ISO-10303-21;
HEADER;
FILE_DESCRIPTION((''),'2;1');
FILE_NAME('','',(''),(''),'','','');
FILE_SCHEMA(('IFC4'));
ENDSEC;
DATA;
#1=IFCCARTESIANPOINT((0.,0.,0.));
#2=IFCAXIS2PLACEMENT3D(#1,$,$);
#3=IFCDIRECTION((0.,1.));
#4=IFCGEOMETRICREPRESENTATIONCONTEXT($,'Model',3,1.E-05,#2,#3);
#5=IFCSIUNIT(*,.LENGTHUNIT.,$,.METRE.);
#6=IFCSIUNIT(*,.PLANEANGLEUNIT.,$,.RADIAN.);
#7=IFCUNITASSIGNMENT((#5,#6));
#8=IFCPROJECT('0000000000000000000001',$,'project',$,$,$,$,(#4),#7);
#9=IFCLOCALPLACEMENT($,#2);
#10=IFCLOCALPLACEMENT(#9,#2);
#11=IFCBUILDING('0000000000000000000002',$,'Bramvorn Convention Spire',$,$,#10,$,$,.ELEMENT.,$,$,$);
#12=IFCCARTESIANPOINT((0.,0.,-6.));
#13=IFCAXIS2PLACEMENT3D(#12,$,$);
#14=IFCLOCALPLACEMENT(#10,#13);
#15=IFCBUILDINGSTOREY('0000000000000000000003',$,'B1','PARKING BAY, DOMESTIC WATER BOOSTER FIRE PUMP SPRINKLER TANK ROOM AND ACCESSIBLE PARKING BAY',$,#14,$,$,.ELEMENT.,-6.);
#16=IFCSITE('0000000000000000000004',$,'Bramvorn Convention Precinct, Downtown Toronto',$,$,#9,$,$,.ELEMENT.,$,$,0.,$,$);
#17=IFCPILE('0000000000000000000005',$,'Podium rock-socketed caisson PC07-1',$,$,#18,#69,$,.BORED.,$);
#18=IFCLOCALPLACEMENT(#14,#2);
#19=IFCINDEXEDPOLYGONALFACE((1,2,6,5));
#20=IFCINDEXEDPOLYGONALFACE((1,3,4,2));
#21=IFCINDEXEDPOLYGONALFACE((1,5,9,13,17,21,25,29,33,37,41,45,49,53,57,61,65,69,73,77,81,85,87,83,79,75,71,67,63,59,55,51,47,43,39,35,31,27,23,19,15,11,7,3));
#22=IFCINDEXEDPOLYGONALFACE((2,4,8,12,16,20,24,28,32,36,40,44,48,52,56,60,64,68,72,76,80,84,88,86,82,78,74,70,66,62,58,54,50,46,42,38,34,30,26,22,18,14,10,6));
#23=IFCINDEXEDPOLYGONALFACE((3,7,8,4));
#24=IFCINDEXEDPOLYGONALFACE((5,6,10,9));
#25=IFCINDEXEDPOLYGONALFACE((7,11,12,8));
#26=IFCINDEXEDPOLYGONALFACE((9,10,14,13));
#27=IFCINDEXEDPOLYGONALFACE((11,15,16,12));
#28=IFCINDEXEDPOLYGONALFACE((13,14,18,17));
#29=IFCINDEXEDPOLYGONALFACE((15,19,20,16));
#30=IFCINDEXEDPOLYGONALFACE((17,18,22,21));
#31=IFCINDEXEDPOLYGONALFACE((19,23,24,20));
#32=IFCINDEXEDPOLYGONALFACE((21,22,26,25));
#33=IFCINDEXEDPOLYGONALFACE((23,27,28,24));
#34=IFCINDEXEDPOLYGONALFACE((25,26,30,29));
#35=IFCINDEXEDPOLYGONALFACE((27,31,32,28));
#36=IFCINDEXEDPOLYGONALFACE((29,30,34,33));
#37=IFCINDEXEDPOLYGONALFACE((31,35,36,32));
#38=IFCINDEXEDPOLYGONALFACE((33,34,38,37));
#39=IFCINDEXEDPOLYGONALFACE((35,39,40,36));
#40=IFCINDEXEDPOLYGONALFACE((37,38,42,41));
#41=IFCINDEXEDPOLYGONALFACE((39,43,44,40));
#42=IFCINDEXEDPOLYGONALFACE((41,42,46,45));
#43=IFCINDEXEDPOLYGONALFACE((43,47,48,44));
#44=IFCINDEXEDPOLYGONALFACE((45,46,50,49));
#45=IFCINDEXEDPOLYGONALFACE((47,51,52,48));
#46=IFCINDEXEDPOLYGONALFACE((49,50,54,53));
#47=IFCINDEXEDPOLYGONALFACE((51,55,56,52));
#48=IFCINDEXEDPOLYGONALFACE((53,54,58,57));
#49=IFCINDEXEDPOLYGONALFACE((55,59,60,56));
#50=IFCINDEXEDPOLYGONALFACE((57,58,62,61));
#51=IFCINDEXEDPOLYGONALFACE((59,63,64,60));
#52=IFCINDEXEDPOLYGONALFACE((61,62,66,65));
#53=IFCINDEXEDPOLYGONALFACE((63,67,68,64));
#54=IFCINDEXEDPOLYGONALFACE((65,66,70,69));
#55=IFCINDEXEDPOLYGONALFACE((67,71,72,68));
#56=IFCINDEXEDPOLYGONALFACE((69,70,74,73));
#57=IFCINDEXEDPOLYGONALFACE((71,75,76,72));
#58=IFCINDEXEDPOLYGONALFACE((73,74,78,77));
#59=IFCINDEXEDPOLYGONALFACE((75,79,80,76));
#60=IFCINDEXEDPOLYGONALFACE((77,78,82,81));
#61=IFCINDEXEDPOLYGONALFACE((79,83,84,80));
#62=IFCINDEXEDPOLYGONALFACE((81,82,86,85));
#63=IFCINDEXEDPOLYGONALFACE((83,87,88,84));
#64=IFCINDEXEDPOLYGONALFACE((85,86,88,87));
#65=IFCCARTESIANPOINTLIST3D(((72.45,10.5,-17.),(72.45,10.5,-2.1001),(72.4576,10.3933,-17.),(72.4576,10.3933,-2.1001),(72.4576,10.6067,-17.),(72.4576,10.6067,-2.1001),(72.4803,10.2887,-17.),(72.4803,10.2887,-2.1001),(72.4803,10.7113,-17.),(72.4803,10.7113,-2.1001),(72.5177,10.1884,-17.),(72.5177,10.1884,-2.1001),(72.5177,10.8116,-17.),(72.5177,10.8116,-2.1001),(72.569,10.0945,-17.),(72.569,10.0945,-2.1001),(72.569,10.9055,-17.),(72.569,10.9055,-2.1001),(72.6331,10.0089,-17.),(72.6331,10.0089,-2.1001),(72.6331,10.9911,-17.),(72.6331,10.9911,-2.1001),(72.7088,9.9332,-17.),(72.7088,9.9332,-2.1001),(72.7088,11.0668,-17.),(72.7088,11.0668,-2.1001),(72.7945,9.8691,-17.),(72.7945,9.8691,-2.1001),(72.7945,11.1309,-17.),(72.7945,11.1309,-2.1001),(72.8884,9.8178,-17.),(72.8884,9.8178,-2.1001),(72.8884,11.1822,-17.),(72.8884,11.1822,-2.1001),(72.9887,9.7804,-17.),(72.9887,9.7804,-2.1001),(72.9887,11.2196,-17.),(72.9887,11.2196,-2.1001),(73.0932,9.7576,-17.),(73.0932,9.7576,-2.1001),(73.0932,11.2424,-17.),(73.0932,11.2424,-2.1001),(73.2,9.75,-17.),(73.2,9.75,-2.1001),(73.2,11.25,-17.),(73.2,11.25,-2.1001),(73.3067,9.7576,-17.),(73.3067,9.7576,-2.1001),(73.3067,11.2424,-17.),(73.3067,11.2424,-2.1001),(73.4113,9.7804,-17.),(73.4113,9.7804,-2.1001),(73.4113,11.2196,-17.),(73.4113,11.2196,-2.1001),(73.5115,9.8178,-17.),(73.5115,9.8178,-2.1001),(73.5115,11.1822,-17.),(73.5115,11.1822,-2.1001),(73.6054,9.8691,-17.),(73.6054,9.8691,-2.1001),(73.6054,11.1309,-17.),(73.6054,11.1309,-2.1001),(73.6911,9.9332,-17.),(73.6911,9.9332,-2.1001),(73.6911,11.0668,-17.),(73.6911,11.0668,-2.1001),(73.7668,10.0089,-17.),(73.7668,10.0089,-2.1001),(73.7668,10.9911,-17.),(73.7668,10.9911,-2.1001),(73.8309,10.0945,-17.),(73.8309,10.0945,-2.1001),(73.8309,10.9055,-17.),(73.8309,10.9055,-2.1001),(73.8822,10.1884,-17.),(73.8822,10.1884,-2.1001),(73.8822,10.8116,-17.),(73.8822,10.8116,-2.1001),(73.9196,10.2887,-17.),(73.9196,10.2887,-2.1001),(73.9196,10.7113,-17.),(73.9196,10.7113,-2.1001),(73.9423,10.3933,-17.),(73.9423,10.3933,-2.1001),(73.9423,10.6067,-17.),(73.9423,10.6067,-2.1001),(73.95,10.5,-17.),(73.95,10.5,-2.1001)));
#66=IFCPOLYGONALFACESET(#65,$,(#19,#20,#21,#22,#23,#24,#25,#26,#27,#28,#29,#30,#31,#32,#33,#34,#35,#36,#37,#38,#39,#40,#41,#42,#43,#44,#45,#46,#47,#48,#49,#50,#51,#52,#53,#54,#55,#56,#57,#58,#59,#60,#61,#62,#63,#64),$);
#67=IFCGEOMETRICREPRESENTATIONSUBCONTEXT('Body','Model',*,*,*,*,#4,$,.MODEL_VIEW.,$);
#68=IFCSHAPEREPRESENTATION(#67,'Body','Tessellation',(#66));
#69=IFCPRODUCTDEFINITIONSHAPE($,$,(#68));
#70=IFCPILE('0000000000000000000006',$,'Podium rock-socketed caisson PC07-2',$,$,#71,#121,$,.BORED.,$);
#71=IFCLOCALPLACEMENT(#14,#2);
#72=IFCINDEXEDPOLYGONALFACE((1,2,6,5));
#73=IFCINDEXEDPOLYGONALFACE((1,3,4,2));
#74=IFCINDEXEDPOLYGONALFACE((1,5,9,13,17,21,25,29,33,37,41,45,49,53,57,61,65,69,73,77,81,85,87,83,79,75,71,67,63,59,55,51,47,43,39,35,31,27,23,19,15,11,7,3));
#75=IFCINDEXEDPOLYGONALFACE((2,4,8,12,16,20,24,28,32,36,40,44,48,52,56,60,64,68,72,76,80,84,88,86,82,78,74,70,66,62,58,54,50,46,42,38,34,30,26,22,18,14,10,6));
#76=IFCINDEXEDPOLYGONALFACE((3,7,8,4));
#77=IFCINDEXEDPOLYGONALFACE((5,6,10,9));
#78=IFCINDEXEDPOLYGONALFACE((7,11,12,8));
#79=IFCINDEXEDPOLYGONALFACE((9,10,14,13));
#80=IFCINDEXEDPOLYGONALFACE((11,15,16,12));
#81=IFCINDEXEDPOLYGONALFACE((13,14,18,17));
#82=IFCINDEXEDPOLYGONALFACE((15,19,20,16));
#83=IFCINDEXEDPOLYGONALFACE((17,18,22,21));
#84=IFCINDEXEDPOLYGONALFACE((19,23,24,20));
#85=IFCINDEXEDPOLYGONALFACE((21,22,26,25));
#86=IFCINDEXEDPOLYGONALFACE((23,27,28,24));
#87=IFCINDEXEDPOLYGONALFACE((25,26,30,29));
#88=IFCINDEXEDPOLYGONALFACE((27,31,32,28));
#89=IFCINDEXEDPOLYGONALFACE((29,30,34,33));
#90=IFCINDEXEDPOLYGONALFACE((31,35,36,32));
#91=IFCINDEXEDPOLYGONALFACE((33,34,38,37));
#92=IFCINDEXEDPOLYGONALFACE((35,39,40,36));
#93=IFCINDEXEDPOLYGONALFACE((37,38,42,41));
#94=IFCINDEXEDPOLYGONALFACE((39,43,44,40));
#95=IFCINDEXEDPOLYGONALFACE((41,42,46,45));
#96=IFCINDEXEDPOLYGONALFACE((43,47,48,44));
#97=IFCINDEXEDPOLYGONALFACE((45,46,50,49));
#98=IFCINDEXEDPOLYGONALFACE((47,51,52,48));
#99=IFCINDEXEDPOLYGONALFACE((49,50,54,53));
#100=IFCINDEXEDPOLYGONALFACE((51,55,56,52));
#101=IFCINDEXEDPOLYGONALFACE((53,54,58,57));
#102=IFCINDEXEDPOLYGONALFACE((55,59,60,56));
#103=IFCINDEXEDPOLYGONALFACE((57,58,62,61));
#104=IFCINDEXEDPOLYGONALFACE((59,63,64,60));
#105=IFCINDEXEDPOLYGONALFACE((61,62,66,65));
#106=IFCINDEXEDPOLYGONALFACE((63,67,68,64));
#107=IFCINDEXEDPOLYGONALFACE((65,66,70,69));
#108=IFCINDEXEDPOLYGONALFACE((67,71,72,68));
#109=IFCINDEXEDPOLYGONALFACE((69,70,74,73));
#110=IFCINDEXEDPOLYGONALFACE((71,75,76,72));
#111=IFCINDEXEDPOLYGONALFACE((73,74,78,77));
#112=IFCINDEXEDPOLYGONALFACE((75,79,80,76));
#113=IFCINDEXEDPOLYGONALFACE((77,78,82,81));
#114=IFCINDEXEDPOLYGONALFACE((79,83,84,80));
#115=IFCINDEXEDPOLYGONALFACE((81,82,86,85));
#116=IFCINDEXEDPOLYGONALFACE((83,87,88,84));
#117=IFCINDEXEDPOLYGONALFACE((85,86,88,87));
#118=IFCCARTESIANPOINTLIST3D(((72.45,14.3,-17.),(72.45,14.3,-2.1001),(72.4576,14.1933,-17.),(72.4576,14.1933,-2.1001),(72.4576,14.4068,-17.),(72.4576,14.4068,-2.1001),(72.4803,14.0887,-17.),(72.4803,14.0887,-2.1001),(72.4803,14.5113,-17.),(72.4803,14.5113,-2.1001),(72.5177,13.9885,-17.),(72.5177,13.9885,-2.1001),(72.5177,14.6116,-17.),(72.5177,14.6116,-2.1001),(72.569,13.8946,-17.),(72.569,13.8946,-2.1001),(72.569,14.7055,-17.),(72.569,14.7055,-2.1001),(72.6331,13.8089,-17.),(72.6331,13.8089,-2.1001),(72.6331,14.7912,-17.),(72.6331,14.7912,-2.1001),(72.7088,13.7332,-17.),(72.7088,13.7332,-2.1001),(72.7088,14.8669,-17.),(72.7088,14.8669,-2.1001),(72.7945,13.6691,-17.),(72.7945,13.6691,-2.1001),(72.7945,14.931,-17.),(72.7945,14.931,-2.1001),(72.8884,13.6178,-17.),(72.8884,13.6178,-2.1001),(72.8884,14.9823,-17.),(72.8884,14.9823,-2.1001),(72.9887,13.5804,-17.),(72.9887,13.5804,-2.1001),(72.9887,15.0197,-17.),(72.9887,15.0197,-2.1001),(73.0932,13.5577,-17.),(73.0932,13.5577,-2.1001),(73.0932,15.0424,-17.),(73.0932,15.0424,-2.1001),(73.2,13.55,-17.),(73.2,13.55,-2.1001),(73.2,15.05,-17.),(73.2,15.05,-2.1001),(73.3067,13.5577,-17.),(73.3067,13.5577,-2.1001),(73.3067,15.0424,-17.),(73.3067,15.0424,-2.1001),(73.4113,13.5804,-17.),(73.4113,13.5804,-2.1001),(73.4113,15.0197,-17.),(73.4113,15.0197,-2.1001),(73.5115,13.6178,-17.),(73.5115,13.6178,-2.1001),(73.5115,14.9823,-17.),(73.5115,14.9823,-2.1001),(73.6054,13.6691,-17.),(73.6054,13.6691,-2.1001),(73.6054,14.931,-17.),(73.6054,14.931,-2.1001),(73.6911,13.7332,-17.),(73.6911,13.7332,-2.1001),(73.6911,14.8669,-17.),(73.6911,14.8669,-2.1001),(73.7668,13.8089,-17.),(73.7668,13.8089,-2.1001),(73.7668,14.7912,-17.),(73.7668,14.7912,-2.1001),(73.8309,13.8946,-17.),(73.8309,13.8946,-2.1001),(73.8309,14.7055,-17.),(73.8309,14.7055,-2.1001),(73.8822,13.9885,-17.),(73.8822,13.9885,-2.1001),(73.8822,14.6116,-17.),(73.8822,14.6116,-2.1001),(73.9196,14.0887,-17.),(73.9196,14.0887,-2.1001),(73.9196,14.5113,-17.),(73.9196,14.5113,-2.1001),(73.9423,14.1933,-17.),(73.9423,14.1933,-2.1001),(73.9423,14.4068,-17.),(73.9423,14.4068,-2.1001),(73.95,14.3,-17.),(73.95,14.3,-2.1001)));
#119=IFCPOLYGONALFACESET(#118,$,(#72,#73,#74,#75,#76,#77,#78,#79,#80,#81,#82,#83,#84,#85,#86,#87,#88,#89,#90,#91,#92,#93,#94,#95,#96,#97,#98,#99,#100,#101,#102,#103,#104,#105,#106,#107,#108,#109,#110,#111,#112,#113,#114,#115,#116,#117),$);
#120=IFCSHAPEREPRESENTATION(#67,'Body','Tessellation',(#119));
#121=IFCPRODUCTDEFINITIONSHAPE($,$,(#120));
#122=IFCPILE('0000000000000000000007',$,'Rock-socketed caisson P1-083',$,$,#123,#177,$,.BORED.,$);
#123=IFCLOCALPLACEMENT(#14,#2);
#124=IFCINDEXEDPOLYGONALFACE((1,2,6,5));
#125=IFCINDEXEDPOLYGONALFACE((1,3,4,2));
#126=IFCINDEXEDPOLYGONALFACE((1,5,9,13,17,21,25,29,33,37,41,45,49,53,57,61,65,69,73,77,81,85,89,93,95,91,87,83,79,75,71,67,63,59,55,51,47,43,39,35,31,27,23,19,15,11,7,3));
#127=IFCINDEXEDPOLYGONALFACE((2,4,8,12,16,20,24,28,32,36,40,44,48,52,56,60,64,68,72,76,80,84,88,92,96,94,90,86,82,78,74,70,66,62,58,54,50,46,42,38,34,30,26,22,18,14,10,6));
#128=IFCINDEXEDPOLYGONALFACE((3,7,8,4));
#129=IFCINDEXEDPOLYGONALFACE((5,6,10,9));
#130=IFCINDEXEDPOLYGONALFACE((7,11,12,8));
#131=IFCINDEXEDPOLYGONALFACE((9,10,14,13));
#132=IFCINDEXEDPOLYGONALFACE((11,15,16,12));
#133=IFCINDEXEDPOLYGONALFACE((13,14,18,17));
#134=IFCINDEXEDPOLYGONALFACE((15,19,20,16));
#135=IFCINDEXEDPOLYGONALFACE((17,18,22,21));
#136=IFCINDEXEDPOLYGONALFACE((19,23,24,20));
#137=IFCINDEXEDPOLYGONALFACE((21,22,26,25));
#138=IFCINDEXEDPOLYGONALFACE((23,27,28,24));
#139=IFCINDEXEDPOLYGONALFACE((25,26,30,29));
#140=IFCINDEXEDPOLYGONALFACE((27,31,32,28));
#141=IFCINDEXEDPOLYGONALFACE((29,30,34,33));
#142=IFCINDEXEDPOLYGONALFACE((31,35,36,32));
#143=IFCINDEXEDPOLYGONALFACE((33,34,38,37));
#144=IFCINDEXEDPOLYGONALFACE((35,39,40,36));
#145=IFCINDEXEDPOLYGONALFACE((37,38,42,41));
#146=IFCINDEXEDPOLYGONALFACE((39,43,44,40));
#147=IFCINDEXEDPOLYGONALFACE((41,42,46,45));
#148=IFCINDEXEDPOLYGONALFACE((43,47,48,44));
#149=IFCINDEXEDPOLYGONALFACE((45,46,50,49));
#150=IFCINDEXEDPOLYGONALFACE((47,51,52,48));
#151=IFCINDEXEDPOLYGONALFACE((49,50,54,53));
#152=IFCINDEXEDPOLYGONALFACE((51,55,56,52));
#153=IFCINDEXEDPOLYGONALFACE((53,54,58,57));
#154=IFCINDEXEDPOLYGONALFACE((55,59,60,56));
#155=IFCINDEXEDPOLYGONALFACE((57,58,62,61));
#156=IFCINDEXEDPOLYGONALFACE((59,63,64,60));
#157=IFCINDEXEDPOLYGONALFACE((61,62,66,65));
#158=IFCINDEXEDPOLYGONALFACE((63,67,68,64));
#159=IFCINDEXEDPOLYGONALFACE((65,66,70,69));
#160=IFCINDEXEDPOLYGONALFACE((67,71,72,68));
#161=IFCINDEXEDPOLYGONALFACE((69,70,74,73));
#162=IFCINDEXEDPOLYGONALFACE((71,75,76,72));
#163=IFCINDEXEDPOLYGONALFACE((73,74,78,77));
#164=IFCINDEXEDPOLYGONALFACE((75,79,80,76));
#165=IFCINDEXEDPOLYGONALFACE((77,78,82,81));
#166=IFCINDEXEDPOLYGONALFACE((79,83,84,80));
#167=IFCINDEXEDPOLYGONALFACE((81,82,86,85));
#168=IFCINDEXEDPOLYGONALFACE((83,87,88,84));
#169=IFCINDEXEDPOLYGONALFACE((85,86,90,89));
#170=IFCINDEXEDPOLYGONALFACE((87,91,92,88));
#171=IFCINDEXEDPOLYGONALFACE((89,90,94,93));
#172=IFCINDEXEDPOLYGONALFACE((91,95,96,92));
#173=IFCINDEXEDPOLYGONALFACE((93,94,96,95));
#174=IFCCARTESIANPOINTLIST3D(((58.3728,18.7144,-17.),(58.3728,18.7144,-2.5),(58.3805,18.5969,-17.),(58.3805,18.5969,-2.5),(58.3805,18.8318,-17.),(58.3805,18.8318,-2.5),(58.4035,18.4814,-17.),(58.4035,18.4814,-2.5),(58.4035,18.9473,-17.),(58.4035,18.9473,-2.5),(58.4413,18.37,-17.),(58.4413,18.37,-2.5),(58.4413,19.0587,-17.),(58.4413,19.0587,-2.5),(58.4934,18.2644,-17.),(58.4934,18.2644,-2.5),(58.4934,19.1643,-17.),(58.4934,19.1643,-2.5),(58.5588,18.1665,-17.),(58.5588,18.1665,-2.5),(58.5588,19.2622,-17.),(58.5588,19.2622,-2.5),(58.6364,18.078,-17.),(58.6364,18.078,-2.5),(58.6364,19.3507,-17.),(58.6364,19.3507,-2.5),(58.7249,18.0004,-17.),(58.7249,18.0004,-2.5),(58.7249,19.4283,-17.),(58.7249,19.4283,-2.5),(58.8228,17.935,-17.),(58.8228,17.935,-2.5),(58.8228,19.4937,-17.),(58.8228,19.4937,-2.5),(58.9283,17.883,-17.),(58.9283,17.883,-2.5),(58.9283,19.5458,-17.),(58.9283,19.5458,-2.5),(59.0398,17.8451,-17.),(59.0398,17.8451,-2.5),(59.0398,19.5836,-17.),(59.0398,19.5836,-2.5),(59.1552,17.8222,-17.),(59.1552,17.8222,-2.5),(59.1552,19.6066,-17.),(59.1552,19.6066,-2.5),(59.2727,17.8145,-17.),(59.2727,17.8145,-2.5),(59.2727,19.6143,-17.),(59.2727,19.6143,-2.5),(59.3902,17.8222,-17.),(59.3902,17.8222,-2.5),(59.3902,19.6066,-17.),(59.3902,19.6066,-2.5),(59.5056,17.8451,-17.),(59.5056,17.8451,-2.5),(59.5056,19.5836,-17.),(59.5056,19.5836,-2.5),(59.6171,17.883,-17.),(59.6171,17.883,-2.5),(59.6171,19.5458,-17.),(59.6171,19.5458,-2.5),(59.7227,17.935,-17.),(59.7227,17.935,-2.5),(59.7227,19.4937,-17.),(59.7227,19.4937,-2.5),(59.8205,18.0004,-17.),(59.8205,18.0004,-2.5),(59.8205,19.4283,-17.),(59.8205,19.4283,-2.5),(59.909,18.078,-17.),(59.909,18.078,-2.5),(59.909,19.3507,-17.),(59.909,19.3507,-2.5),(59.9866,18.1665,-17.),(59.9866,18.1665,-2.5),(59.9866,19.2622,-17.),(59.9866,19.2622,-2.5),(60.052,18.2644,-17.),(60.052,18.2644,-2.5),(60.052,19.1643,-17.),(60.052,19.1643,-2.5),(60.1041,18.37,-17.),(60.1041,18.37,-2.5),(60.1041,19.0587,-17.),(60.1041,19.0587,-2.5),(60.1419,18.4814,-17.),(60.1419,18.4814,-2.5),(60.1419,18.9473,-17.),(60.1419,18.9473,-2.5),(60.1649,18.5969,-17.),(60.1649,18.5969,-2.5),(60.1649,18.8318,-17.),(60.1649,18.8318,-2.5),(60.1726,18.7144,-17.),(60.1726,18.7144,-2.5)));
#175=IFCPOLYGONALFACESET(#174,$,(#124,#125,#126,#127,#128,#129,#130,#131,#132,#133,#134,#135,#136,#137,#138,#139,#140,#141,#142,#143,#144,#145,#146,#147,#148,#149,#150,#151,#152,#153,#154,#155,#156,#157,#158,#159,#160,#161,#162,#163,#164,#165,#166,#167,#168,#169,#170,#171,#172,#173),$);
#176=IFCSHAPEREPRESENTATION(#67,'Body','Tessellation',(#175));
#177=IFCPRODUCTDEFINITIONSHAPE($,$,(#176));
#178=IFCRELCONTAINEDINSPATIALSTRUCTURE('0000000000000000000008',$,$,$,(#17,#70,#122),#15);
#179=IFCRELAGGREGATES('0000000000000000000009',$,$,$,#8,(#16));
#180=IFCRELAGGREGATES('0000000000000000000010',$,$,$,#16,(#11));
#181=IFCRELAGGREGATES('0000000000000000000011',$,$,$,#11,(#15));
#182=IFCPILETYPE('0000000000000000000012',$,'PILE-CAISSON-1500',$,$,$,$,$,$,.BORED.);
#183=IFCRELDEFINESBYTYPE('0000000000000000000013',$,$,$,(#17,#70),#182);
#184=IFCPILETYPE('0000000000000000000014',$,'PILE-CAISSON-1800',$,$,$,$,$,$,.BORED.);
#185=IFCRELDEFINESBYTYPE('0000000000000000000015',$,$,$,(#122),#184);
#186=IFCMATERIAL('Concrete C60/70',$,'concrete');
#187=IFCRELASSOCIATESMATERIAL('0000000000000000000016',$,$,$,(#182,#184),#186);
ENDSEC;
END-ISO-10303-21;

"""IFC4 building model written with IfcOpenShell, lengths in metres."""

from ifc_helpers import new_model, si_unit, direction, frame, origin, origin_2d, place, context, subcontext, project, spatial, circle, extrude, material, material_profile, profile_set, type_object, element, save


model = new_model("IFC4")

# Units and contexts
model_context = context("Model", 3, precision=1e-05, world=origin(), true_north=direction((0.0, 1.0)))
body_context = subcontext(model_context, "Body", "Model", "MODEL_VIEW")
ifc_project = project(units=[si_unit("LENGTHUNIT", "METRE"), si_unit("PLANEANGLEUNIT", "RADIAN")], contexts=[model_context])

# Site, building, storey
site_placement = place(None, origin())
site = spatial("IfcSite", under=ifc_project, at=site_placement, Name="Bramvorn Convention Precinct, Downtown Toronto", CompositionType="ELEMENT", RefElevation=0.0)
building_placement = place(site_placement, origin())
building = spatial("IfcBuilding", under=site, at=building_placement, Name="Bramvorn Convention Spire", CompositionType="ELEMENT")
storey_placement = place(building_placement, frame((0.0, 0.0, -6.0)))
storey = spatial("IfcBuildingStorey", under=building, at=storey_placement, Name="B1", Description="PARKING BAY, DOMESTIC WATER BOOSTER FIRE PUMP SPRINKLER TANK ROOM AND ACCESSIBLE PARKING BAY", CompositionType="ELEMENT", Elevation=-6.0)

# Shared definitions
ifc_material_1 = material(Name="Concrete C60/70", Category="concrete")

# Piles
ifc_material_profile_1 = material_profile(ifc_material_1, circle(Radius=0.75, at=origin_2d()))
ifc_profile_set_1 = profile_set([ifc_material_profile_1], Name="Concrete C60/70 - CAISSON1500")
pile_type_1 = type_object("IfcPileType", Name="PILE-CAISSON-1500", PredefinedType="BORED", material=ifc_profile_set_1)
for number, where, z_axis, x_axis, name in (
    (1, (73.2, 10.5, -2.1001), (0.0, 0.0, -1.0), (1.0, 0.0, 0.0), "Podium rock-socketed caisson PC07-1"),
    (2, (73.2, 14.3, -2.1001), (0.0, 0.0, -1.0), (1.0, 0.0, 0.0), "Podium rock-socketed caisson PC07-2"),
):
    element("IfcPile", number, at=place(storey_placement, frame(where, z_axis=z_axis, x_axis=x_axis)), inside=storey, type_object=pile_type_1, Name=name, PredefinedType="BORED", context=body_context, shape_type="SweptSolid", body=[
        extrude(circle(Radius=0.75, at=origin_2d()), origin(), (0.0, 0.0, 1.0), 14.8999),
    ])
ifc_material_profile_2 = material_profile(ifc_material_1, circle(Radius=0.8999, at=origin_2d()))
ifc_profile_set_2 = profile_set([ifc_material_profile_2], Name="Concrete C60/70 - CAISSON1800")
pile_type_2 = type_object("IfcPileType", Name="PILE-CAISSON-1800", PredefinedType="BORED", material=ifc_profile_set_2)
for number, where, z_axis, x_axis, name in (
    (3, (59.2727, 18.7144, -2.5), (0.0, 0.0, -1.0), (1.0, 0.0, 0.0), "Rock-socketed caisson P1-083"),
):
    element("IfcPile", number, at=place(storey_placement, frame(where, z_axis=z_axis, x_axis=x_axis)), inside=storey, type_object=pile_type_2, Name=name, PredefinedType="BORED", context=body_context, shape_type="SweptSolid", body=[
        extrude(circle(Radius=0.8999, at=origin_2d()), origin(), (0.0, 0.0, 1.0), 14.5),
    ])

save(model, "model.ifc")
